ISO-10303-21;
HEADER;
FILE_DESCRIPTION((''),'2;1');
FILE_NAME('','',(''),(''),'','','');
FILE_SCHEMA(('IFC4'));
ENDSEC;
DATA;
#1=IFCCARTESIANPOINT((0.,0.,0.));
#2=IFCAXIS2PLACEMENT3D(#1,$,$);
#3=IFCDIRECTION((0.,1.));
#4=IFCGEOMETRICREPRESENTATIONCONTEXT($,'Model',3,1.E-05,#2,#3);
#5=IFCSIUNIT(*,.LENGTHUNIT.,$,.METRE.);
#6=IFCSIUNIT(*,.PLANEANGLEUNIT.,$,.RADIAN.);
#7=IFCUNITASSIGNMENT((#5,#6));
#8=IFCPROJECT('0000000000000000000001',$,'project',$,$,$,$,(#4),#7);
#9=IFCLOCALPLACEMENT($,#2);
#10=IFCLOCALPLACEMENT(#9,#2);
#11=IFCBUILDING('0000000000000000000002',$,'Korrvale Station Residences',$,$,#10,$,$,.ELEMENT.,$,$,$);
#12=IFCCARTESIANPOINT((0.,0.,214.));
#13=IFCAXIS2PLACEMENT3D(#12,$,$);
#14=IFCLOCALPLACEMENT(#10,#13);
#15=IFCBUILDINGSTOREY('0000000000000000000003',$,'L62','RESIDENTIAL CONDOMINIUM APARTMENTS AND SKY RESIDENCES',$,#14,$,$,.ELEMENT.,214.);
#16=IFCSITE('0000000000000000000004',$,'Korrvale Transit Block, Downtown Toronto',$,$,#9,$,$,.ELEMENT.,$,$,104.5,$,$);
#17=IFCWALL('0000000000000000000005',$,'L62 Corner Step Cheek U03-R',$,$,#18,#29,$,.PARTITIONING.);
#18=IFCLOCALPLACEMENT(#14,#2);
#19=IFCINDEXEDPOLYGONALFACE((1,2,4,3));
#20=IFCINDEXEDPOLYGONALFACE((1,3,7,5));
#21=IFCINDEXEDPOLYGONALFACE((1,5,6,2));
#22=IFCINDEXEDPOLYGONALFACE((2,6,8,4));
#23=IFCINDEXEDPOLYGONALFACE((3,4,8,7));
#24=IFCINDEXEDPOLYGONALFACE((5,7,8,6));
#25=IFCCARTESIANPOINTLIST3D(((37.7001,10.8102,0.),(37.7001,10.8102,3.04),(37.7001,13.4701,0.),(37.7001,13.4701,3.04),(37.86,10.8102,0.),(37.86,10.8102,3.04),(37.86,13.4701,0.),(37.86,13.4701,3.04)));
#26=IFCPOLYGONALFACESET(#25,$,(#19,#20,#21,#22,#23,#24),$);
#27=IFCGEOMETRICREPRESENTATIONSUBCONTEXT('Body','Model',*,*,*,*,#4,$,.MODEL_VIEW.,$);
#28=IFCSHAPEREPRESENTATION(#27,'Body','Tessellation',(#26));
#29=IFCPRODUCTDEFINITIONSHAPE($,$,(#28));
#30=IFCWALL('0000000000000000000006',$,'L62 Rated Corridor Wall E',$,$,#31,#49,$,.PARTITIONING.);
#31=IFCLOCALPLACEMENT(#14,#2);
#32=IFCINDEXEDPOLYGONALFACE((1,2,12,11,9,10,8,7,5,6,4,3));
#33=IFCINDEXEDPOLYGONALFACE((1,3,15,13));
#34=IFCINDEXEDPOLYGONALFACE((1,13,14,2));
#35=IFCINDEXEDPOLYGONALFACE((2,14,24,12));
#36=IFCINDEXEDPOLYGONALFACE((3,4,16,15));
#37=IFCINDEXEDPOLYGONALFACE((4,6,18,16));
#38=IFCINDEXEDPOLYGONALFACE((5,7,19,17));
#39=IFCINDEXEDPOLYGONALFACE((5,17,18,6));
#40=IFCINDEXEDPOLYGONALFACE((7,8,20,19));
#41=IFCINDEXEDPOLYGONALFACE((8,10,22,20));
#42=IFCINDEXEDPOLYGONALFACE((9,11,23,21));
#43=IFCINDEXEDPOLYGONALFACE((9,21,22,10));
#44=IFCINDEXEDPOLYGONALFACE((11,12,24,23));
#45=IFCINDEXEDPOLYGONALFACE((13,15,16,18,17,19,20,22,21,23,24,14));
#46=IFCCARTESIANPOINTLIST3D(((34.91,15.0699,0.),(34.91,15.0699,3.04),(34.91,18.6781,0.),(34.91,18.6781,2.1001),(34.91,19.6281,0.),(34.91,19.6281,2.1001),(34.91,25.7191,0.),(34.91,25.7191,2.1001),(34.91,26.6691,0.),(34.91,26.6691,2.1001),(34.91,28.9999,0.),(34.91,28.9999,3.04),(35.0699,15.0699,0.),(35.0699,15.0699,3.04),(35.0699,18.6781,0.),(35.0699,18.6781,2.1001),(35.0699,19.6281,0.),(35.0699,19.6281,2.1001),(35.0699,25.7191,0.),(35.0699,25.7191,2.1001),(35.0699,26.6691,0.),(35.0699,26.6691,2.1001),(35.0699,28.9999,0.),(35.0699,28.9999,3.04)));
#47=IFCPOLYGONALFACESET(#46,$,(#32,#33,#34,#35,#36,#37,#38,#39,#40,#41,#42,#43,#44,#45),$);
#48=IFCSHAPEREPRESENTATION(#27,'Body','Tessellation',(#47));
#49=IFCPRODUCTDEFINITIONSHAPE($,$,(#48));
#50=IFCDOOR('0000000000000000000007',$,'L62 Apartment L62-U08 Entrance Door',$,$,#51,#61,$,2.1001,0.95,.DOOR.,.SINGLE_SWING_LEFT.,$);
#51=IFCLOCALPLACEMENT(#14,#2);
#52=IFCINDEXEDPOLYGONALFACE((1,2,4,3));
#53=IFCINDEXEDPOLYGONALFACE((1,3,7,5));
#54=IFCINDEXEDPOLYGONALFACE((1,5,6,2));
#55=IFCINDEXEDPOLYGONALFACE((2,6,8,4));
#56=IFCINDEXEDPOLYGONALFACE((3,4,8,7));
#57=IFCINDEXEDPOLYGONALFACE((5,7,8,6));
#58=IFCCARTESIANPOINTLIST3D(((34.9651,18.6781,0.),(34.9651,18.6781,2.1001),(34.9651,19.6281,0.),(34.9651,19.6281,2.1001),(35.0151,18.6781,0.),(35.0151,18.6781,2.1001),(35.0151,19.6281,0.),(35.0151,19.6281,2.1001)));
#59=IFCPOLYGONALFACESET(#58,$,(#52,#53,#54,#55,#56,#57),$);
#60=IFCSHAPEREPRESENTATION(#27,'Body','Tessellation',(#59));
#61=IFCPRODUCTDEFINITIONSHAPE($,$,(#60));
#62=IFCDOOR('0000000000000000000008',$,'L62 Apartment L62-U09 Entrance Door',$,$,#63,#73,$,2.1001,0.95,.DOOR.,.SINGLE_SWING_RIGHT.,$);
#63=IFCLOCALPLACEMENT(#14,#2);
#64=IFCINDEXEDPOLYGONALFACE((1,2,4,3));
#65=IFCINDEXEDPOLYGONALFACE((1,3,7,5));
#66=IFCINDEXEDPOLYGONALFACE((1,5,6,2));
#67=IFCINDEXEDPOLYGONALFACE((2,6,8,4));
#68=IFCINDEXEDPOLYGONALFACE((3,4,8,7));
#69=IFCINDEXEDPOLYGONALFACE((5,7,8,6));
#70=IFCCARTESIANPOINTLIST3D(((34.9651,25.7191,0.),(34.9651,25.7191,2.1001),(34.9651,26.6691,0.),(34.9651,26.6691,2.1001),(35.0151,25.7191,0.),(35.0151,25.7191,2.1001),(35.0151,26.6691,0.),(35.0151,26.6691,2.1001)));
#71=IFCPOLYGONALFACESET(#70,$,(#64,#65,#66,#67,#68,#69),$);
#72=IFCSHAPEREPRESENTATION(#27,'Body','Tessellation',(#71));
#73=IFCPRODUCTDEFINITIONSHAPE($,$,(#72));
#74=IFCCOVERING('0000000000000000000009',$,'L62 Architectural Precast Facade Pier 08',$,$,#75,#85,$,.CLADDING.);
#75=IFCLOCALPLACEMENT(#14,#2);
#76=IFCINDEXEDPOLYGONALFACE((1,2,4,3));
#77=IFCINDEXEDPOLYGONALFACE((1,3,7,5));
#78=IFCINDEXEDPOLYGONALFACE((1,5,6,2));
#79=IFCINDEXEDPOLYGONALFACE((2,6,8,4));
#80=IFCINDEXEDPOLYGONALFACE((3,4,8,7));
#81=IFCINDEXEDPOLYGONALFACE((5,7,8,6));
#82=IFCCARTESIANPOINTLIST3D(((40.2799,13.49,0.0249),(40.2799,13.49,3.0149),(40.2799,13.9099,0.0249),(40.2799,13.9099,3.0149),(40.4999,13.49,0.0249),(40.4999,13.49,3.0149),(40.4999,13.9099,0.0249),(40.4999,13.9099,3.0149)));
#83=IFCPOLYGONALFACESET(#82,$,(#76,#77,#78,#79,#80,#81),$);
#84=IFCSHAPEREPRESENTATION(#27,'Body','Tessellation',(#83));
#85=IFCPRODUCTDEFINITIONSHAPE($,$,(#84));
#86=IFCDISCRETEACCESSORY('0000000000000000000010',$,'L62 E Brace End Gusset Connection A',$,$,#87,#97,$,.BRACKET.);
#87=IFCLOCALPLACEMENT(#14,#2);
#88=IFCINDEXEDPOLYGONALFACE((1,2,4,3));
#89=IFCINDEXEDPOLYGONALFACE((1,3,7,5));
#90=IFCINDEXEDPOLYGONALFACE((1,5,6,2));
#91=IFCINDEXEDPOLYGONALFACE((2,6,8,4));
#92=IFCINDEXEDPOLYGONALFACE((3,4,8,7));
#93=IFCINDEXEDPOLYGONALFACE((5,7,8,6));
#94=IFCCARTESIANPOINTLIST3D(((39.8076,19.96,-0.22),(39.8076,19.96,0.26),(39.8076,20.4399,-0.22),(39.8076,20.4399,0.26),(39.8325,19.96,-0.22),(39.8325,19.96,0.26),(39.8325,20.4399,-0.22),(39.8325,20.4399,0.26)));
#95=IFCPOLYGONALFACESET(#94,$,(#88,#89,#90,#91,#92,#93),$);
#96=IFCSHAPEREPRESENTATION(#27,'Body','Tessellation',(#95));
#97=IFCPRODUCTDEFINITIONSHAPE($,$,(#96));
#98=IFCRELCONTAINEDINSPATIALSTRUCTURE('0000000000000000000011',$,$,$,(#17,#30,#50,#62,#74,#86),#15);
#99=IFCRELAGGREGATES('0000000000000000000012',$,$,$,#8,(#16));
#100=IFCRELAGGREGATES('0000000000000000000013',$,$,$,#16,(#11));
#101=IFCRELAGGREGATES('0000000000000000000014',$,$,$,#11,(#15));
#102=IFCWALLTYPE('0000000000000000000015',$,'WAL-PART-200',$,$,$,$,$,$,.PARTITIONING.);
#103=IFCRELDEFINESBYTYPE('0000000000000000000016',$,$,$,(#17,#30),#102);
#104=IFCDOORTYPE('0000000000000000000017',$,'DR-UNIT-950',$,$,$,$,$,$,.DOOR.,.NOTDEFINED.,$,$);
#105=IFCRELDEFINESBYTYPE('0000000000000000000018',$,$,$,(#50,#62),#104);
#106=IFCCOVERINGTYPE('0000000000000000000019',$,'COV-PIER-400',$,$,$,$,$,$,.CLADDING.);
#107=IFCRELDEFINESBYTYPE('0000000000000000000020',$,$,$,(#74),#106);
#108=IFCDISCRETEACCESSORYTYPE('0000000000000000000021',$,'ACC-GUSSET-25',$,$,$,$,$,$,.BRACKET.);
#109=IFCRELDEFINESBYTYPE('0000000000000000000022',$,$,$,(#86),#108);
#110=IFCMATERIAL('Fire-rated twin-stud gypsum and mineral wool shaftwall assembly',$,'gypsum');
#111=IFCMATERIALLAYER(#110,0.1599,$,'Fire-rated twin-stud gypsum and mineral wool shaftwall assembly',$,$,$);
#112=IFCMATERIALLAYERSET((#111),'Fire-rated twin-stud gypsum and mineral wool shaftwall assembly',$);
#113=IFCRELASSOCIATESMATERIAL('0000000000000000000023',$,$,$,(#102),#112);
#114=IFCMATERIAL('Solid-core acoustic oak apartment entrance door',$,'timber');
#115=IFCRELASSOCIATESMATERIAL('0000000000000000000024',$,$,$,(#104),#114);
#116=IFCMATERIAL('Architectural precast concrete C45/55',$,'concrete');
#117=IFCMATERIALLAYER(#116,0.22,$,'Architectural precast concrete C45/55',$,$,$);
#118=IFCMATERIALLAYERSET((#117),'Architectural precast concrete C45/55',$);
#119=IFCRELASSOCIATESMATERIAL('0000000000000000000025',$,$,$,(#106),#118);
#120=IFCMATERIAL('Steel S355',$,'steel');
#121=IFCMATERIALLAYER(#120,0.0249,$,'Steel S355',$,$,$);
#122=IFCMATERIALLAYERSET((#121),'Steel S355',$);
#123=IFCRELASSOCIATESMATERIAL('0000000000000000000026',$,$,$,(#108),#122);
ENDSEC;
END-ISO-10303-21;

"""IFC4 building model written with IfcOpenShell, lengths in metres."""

from ifc_helpers import new_model, si_unit, direction, frame, frame_2d, origin, origin_2d, place, context, subcontext, project, spatial, rectangle, extrude, material, layer, layer_set, type_object, element, fill, save


model = new_model("IFC4")

# Units and contexts
model_context = context("Model", 3, precision=1e-05, world=origin(), true_north=direction((0.0, 1.0)))
body_context = subcontext(model_context, "Body", "Model", "MODEL_VIEW")
ifc_project = project(units=[si_unit("LENGTHUNIT", "METRE"), si_unit("PLANEANGLEUNIT", "RADIAN")], contexts=[model_context])

# Site, building, storey
site_placement = place(None, origin())
site = spatial("IfcSite", under=ifc_project, at=site_placement, Name="Korrvale Transit Block, Downtown Toronto", CompositionType="ELEMENT", RefElevation=104.5)
building_placement = place(site_placement, origin())
building = spatial("IfcBuilding", under=site, at=building_placement, Name="Korrvale Station Residences", CompositionType="ELEMENT")
storey_placement = place(building_placement, frame((0.0, 0.0, 214.0)))
storey = spatial("IfcBuildingStorey", under=building, at=storey_placement, Name="L62", Description="RESIDENTIAL CONDOMINIUM APARTMENTS AND SKY RESIDENCES", CompositionType="ELEMENT", Elevation=214.0)

# Shared definitions
ifc_material_1 = material(Name="Steel S355", Category="steel")

# Wall
ifc_material_2 = material(Name="Fire-rated twin-stud gypsum and mineral wool shaftwall assembly", Category="gypsum")
ifc_layer_1 = layer(ifc_material_2, 0.1599, Name="Fire-rated twin-stud gypsum and mineral wool shaftwall assembly")
ifc_layer_set_1 = layer_set([ifc_layer_1], Name="Fire-rated twin-stud gypsum and mineral wool shaftwall assembly")
wall_type_1 = type_object("IfcWallType", Name="WAL-PART-200", PredefinedType="PARTITIONING", material=ifc_layer_set_1)
wall_1_placement = place(storey_placement, frame((37.78, 10.8101, 0.0), z_axis=(0.0, 0.0, 1.0), x_axis=(0.0, 1.0, 0.0)))
element("IfcWall", 1, at=wall_1_placement, inside=storey, type_object=wall_type_1, Name="L62 Corner Step Cheek U03-R", PredefinedType="PARTITIONING", context=body_context, shape_type="SweptSolid", body=[
    extrude(rectangle(XDim=2.6599, YDim=0.1599, at=frame_2d((1.3301, 0.0))), origin(), (0.0, 0.0, 1.0), 3.04),
])

# Wall, openings, doors
wall_2_placement = place(storey_placement, frame((34.99, 15.0701, 0.0), z_axis=(0.0, 0.0, 1.0), x_axis=(0.0, 1.0, 0.0)))
wall_2 = element("IfcWall", 2, at=wall_2_placement, inside=storey, type_object=wall_type_1, Name="L62 Rated Corridor Wall E", PredefinedType="PARTITIONING", context=body_context, shape_type="SweptSolid", body=[
    extrude(rectangle(XDim=13.9299, YDim=0.1599, at=frame_2d((6.9648, 0.0))), origin(), (0.0, 0.0, 1.0), 3.04),
])
opening_1_placement = place(wall_2_placement, frame((3.6079, 0.0, 0.0)))
opening_1 = element("IfcOpeningElement", 3, at=opening_1_placement, cuts=wall_2, PredefinedType="OPENING", context=body_context, shape_type="SweptSolid", body=[
    extrude(rectangle(XDim=0.95, YDim=2.1001, at=frame_2d((0.4751, 1.05))), frame((0.0, 0.0898, 0.0), z_axis=(0.0, -1.0, 0.0), x_axis=(1.0, 0.0, 0.0)), (0.0, 0.0, 1.0), 0.1799),
])
opening_2_placement = place(wall_2_placement, frame((10.6489, 0.0, 0.0)))
opening_2 = element("IfcOpeningElement", 4, at=opening_2_placement, cuts=wall_2, PredefinedType="OPENING", context=body_context, shape_type="SweptSolid", body=[
    extrude(rectangle(XDim=0.95, YDim=2.1001, at=frame_2d((0.4751, 1.05))), frame((0.0, 0.0898, 0.0), z_axis=(0.0, -1.0, 0.0), x_axis=(1.0, 0.0, 0.0)), (0.0, 0.0, 1.0), 0.1799),
])
ifc_material_3 = material(Name="Solid-core acoustic oak apartment entrance door", Category="timber")
door_type_1 = type_object("IfcDoorType", Name="DR-UNIT-950", OperationType="NOTDEFINED", PredefinedType="DOOR", material=ifc_material_3)
door_1_placement = place(opening_1_placement, origin())
door_1 = element("IfcDoor", 5, at=door_1_placement, inside=storey, type_object=door_type_1, Name="L62 Apartment L62-U08 Entrance Door", OperationType="SINGLE_SWING_LEFT", OverallHeight=2.1001, OverallWidth=0.95, PredefinedType="DOOR", context=body_context, shape_type="SweptSolid", body=[
    extrude(rectangle(XDim=0.95, YDim=2.1001, at=frame_2d((0.4751, 1.05))), frame((0.0, 0.0249, 0.0), z_axis=(0.0, -1.0, 0.0), x_axis=(1.0, 0.0, 0.0)), (0.0, 0.0, 1.0), 0.05),
])
fill(opening_1, door_1)
door_2_placement = place(opening_2_placement, origin())
door_2 = element("IfcDoor", 6, at=door_2_placement, inside=storey, type_object=door_type_1, Name="L62 Apartment L62-U09 Entrance Door", OperationType="SINGLE_SWING_RIGHT", OverallHeight=2.1001, OverallWidth=0.95, PredefinedType="DOOR", context=body_context, shape_type="SweptSolid", body=[
    extrude(rectangle(XDim=0.95, YDim=2.1001, at=frame_2d((0.4751, 1.05))), frame((0.0, 0.0249, 0.0), z_axis=(0.0, -1.0, 0.0), x_axis=(1.0, 0.0, 0.0)), (0.0, 0.0, 1.0), 0.05),
])
fill(opening_2, door_2)

# Covering
ifc_material_4 = material(Name="Architectural precast concrete C45/55", Category="concrete")
ifc_layer_2 = layer(ifc_material_4, 0.22, Name="Architectural precast concrete C45/55")
ifc_layer_set_2 = layer_set([ifc_layer_2], Name="Architectural precast concrete C45/55")
covering_type = type_object("IfcCoveringType", Name="COV-PIER-400", PredefinedType="CLADDING", material=ifc_layer_set_2)
covering_placement = place(storey_placement, frame((40.3899, 13.7, 0.0249), z_axis=(0.0, 0.0, 1.0), x_axis=(0.0, 1.0, 0.0)))
element("IfcCovering", 7, at=covering_placement, inside=storey, type_object=covering_type, Name="L62 Architectural Precast Facade Pier 08", PredefinedType="CLADDING", context=body_context, shape_type="SweptSolid", body=[
    extrude(rectangle(XDim=0.4199, YDim=0.22, at=origin_2d()), origin(), (0.0, 0.0, 1.0), 2.99),
])

# Discrete accessory
ifc_layer_3 = layer(ifc_material_1, 0.0249, Name="Steel S355")
ifc_layer_set_3 = layer_set([ifc_layer_3], Name="Steel S355")
discrete_accessory_type = type_object("IfcDiscreteAccessoryType", Name="ACC-GUSSET-25", PredefinedType="BRACKET", material=ifc_layer_set_3)
discrete_accessory_placement = place(storey_placement, frame((39.8201, 20.2, -0.22), z_axis=(0.0, 0.0, 1.0), x_axis=(0.0, 1.0, 0.0)))
element("IfcDiscreteAccessory", 8, at=discrete_accessory_placement, inside=storey, type_object=discrete_accessory_type, Name="L62 E Brace End Gusset Connection A", PredefinedType="BRACKET", context=body_context, shape_type="SweptSolid", body=[
    extrude(rectangle(XDim=0.48, YDim=0.0249, at=origin_2d()), origin(), (0.0, 0.0, 1.0), 0.48),
])

save(model, "model.ifc")
